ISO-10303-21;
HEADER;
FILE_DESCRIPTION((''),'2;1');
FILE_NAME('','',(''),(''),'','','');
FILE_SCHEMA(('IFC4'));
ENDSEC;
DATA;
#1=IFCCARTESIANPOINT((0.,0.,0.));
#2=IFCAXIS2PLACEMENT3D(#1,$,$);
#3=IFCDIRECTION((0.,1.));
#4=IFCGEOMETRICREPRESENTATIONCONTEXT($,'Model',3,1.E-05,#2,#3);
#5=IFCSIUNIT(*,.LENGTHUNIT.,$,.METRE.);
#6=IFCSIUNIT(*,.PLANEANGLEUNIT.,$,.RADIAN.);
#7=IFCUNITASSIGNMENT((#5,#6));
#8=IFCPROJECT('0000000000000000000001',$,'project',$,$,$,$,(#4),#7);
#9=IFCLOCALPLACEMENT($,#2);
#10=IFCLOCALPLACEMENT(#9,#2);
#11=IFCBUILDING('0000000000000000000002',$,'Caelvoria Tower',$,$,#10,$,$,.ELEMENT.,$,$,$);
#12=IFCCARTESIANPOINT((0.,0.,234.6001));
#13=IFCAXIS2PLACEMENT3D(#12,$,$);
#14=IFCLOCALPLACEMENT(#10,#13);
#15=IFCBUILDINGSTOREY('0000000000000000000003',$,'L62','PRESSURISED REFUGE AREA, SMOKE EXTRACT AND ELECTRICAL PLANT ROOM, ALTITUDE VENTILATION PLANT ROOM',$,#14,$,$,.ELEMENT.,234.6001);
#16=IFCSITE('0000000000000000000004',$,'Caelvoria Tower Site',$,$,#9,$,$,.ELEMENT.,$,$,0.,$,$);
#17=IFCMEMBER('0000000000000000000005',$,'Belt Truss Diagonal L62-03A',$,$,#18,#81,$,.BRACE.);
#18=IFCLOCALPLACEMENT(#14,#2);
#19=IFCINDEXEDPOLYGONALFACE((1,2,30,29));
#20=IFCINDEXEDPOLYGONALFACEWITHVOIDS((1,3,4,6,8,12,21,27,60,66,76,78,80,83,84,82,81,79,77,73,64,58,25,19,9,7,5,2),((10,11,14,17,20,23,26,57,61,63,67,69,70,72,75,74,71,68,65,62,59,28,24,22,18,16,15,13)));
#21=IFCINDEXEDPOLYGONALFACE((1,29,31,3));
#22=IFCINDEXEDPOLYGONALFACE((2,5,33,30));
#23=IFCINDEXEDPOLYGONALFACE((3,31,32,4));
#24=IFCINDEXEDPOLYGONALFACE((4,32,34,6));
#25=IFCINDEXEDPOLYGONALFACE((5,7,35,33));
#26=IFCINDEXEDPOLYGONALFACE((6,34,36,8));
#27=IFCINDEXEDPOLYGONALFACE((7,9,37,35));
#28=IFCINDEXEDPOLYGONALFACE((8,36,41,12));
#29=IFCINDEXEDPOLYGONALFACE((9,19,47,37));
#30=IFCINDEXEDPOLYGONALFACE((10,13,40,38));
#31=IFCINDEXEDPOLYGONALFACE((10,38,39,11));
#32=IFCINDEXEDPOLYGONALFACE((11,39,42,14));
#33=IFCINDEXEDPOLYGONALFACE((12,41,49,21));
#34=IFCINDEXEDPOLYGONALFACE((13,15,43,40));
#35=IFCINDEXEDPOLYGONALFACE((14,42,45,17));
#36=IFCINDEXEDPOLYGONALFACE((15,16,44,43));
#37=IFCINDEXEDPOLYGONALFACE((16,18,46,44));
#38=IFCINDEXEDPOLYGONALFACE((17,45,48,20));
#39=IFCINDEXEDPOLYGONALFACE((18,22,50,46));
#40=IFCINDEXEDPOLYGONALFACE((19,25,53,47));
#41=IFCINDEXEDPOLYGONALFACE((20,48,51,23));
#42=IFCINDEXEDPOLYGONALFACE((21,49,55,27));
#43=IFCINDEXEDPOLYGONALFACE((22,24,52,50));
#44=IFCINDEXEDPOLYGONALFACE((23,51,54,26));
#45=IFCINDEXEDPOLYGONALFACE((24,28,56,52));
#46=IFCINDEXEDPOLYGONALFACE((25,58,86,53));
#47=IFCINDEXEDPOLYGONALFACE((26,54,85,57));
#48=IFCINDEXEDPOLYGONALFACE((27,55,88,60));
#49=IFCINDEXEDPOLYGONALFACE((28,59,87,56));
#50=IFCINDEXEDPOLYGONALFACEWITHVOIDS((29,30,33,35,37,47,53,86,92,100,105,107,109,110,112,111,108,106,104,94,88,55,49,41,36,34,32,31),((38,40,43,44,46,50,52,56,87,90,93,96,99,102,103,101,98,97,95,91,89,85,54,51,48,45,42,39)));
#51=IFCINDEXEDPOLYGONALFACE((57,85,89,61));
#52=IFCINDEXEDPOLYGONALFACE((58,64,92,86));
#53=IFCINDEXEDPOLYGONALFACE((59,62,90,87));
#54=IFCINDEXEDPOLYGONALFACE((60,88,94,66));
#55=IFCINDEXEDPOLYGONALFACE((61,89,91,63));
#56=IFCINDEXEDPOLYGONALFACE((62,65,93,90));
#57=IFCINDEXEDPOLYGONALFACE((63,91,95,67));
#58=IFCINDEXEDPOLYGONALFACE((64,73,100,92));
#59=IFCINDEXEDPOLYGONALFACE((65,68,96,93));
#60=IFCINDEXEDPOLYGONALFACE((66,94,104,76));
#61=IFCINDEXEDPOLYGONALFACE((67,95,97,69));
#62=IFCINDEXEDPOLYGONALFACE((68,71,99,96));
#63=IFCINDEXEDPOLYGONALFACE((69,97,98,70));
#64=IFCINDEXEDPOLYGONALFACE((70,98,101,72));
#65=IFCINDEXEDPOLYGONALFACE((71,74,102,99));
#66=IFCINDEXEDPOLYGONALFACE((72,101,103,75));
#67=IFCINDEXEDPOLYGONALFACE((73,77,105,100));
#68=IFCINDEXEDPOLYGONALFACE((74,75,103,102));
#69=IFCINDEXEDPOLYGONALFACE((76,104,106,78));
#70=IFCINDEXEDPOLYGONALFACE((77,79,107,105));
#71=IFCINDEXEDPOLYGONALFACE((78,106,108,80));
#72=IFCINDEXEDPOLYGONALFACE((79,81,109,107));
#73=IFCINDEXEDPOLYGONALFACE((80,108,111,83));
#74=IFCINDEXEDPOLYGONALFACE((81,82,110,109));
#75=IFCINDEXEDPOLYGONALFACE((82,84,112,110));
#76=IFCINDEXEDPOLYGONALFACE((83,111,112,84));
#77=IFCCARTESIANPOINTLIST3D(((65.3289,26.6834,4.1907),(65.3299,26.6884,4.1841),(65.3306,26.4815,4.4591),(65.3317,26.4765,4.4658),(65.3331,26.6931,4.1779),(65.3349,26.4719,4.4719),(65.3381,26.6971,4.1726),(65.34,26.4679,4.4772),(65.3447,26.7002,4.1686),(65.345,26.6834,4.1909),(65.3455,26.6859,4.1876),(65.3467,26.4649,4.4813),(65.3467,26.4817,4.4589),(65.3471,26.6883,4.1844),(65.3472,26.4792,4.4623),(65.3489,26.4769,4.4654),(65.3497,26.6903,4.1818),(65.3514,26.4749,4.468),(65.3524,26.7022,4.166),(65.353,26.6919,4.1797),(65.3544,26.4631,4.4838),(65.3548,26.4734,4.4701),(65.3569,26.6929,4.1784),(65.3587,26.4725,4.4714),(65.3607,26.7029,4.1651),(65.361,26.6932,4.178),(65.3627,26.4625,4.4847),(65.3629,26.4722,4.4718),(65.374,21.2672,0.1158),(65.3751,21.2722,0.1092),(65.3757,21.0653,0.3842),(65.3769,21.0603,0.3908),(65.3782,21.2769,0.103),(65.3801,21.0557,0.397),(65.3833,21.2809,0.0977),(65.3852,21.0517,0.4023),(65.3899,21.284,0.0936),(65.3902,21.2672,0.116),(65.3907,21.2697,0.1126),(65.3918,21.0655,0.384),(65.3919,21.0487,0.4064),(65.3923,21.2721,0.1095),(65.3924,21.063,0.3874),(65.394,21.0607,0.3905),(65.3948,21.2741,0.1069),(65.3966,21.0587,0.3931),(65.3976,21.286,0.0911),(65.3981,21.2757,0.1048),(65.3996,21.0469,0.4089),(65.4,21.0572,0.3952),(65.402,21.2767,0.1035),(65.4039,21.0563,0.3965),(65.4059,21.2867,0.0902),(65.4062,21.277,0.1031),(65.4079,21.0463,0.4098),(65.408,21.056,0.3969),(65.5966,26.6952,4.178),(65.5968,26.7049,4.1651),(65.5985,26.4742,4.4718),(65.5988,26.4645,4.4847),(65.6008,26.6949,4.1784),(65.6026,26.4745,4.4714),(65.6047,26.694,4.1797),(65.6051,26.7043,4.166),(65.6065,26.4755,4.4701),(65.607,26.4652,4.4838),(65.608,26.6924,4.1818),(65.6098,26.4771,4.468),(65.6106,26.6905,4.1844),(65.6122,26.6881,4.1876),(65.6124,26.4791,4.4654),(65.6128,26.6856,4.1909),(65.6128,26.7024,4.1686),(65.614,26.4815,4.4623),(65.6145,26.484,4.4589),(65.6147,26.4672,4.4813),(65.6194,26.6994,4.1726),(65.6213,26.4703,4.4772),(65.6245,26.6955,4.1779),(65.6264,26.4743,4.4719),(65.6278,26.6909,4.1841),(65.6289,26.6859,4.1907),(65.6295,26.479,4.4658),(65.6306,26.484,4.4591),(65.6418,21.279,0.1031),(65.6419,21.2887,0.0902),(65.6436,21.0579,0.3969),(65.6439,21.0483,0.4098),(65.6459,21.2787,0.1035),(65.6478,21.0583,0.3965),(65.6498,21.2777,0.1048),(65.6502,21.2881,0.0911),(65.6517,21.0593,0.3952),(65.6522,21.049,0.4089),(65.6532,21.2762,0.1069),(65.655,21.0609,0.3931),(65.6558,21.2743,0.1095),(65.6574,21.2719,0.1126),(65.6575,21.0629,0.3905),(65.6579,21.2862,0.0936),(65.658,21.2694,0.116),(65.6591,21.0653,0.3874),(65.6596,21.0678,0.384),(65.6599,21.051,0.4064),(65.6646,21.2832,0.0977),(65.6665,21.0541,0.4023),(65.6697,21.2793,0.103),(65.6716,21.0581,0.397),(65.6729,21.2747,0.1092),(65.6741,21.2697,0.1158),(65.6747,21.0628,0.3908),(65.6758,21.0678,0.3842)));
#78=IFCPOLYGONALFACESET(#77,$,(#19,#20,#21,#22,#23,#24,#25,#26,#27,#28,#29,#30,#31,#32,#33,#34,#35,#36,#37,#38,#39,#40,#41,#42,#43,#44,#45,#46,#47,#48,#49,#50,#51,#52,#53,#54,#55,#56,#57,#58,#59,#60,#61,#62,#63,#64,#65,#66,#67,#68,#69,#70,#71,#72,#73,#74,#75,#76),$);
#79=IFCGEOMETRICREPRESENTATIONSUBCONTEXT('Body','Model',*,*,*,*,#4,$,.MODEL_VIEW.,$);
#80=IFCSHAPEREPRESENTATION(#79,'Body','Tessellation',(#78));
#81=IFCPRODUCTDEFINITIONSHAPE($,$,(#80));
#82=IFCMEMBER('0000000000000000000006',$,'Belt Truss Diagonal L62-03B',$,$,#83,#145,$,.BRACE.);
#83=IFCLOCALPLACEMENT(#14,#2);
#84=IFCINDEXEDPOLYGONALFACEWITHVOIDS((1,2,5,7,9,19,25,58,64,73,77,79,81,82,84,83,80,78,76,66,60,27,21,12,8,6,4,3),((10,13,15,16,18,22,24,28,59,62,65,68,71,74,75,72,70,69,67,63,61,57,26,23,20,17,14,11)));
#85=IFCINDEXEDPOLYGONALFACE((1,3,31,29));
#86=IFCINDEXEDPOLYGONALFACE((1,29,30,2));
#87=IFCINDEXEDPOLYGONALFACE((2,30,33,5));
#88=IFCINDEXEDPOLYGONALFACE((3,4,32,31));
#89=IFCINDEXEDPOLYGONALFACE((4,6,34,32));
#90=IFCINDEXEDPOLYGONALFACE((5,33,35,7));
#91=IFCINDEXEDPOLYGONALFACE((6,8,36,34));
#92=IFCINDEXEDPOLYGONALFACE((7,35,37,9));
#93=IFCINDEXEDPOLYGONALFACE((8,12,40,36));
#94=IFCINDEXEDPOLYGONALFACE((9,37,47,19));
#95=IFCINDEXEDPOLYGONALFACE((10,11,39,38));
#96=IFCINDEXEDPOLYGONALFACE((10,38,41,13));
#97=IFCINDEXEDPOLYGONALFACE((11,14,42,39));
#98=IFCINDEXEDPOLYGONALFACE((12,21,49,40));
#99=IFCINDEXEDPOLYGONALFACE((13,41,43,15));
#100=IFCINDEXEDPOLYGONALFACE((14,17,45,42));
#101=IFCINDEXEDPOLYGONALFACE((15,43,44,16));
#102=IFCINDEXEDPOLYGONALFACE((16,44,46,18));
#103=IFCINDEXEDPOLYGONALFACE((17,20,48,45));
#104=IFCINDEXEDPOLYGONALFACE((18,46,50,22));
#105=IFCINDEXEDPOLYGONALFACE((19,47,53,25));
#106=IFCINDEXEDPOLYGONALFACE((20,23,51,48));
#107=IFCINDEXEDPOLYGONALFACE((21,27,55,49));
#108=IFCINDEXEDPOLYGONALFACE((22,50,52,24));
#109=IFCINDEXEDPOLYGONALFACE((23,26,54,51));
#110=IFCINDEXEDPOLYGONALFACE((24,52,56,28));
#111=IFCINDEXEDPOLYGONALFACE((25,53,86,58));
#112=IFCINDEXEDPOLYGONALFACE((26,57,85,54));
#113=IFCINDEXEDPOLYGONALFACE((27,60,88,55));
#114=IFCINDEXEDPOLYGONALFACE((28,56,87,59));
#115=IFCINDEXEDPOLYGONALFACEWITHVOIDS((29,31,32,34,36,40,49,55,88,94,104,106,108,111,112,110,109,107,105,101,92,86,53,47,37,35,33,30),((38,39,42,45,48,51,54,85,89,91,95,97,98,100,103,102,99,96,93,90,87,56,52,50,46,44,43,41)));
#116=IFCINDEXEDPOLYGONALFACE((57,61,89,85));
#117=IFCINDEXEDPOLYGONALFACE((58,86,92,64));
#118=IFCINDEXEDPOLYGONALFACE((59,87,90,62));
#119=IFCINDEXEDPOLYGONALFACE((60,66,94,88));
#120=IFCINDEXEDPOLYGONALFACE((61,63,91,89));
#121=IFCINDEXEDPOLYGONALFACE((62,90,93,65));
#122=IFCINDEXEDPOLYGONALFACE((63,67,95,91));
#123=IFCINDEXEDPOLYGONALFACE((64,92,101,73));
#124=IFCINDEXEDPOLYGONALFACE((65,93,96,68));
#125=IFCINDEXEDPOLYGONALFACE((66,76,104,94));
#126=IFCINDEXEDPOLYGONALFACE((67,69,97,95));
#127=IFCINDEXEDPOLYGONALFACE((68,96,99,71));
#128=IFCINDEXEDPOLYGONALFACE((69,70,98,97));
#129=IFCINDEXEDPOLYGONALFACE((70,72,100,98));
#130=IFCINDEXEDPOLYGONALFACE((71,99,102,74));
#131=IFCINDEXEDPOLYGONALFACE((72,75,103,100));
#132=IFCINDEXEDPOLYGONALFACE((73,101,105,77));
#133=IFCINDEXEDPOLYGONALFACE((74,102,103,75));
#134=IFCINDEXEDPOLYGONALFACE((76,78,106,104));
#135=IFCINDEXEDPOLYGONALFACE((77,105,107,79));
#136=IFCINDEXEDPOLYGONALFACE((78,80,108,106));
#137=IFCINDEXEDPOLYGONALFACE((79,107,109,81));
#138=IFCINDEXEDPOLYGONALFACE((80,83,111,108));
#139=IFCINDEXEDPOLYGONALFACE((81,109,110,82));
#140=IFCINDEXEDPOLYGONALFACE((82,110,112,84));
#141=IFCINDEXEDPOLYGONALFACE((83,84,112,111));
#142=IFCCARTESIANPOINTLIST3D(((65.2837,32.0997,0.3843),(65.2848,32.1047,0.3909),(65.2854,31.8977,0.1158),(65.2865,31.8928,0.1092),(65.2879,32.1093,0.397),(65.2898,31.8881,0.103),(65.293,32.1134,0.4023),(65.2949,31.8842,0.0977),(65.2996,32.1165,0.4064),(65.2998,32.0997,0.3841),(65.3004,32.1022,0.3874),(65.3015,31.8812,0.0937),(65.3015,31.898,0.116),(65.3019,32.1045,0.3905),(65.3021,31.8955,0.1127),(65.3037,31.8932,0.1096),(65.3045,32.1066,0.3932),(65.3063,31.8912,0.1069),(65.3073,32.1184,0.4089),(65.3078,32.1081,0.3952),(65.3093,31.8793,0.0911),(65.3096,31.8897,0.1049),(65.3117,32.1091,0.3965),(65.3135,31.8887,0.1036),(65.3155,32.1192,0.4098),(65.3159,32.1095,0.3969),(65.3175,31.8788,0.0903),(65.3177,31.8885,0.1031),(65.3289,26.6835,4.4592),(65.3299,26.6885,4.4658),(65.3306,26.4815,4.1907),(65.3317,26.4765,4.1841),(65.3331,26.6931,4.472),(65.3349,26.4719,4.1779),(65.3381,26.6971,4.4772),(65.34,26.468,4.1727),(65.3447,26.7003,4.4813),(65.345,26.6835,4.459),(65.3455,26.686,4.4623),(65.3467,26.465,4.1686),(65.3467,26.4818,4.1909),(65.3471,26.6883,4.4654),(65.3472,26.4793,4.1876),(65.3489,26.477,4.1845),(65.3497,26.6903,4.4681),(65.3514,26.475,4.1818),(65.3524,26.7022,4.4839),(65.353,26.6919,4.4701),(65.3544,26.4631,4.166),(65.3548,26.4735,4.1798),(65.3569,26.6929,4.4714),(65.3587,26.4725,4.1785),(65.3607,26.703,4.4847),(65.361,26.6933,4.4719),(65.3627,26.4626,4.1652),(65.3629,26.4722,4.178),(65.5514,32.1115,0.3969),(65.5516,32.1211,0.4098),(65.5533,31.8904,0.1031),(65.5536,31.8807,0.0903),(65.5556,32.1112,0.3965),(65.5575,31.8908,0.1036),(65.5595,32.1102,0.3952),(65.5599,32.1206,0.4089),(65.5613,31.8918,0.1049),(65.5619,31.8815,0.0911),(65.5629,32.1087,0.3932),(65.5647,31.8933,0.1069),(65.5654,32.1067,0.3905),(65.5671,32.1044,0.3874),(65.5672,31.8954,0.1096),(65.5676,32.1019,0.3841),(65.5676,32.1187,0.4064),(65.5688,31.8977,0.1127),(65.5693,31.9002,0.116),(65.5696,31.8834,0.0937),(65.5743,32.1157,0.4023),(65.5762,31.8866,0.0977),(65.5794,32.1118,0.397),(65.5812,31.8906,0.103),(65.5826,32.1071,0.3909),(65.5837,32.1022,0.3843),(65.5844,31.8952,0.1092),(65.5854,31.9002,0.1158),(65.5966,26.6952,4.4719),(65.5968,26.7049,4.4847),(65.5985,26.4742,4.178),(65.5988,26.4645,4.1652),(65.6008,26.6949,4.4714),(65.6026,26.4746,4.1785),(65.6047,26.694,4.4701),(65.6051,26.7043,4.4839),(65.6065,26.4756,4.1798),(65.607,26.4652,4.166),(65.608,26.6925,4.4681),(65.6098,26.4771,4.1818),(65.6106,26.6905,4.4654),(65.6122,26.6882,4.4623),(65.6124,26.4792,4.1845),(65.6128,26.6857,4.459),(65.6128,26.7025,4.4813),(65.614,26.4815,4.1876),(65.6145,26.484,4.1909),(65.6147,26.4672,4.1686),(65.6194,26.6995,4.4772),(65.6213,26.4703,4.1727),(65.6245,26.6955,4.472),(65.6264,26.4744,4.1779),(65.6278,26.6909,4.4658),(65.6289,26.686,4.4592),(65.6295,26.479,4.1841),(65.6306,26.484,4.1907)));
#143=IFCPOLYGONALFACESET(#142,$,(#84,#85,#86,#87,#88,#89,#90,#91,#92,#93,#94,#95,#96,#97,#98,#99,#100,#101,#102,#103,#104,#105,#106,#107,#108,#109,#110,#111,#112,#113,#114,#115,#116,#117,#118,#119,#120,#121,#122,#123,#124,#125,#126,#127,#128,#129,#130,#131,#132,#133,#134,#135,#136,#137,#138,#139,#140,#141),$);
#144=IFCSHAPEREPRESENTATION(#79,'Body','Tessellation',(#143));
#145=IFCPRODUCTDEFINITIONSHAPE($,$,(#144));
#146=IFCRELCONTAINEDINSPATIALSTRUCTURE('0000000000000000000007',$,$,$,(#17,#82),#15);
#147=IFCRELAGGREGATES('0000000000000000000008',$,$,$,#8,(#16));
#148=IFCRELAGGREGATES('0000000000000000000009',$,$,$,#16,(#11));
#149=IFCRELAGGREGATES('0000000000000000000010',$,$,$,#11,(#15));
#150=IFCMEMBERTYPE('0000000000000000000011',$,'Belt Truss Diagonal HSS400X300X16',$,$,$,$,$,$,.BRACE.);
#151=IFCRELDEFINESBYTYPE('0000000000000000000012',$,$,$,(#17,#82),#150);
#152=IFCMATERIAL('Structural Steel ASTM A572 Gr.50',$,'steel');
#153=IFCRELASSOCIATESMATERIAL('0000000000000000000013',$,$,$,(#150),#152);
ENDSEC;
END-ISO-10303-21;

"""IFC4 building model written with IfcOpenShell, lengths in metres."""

from ifc_helpers import new_model, si_unit, direction, frame, origin, origin_2d, place, context, subcontext, project, spatial, hollow_rectangle, extrude, material, material_profile, profile_set, type_object, element, save


model = new_model("IFC4")

# Units and contexts
model_context = context("Model", 3, precision=1e-05, world=origin(), true_north=direction((0.0, 1.0)))
body_context = subcontext(model_context, "Body", "Model", "MODEL_VIEW")
ifc_project = project(units=[si_unit("LENGTHUNIT", "METRE"), si_unit("PLANEANGLEUNIT", "RADIAN")], contexts=[model_context])

# Site, building, storey
site_placement = place(None, origin())
site = spatial("IfcSite", under=ifc_project, at=site_placement, Name="Caelvoria Tower Site", CompositionType="ELEMENT", RefElevation=0.0)
building_placement = place(site_placement, origin())
building = spatial("IfcBuilding", under=site, at=building_placement, Name="Caelvoria Tower", CompositionType="ELEMENT")
storey_placement = place(building_placement, frame((0.0, 0.0, 234.6001)))
storey = spatial("IfcBuildingStorey", under=building, at=storey_placement, Name="L62", Description="PRESSURISED REFUGE AREA, SMOKE EXTRACT AND ELECTRICAL PLANT ROOM, ALTITUDE VENTILATION PLANT ROOM", CompositionType="ELEMENT", Elevation=234.6001)

# Shared definitions
ifc_material_1 = material(Name="Structural Steel ASTM A572 Gr.50", Category="steel")

# Members
ifc_material_profile_1 = material_profile(ifc_material_1, hollow_rectangle(XDim=0.3, YDim=0.3999, WallThickness=0.0161, InnerFilletRadius=0.0161, OuterFilletRadius=0.032, at=origin_2d()), Name="Structural Steel ASTM A572 Gr.50")
ifc_profile_set_1 = profile_set([ifc_material_profile_1], Name="HSS400X300X16 - Structural Steel ASTM A572 Gr.50")
member_type_1 = type_object("IfcMemberType", Name="Belt Truss Diagonal HSS400X300X16", PredefinedType="BRACE", material=ifc_profile_set_1)
for number, where, z_axis, x_axis, name in (
    (1, (65.5249, 21.1675, 0.25), (-0.006663, 0.799078, 0.60119), (-0.999965, -0.008339, 0.0), "Belt Truss Diagonal L62-03A"),
    (2, (65.4797, 26.5837, 4.325), (-0.006663, 0.799078, -0.60119), (-0.999965, -0.008339, 0.0), "Belt Truss Diagonal L62-03B"),
):
    element("IfcMember", number, at=place(storey_placement, frame(where, z_axis=z_axis, x_axis=x_axis)), inside=storey, type_object=member_type_1, Name=name, PredefinedType="BRACE", context=body_context, shape_type="SweptSolid", body=[
        extrude(hollow_rectangle(XDim=0.3, YDim=0.3999, WallThickness=0.0161, InnerFilletRadius=0.0161, OuterFilletRadius=0.032, at=origin_2d()), origin(), (0.0, 0.0, 1.0), 6.7781),
    ])

save(model, "model.ifc")
